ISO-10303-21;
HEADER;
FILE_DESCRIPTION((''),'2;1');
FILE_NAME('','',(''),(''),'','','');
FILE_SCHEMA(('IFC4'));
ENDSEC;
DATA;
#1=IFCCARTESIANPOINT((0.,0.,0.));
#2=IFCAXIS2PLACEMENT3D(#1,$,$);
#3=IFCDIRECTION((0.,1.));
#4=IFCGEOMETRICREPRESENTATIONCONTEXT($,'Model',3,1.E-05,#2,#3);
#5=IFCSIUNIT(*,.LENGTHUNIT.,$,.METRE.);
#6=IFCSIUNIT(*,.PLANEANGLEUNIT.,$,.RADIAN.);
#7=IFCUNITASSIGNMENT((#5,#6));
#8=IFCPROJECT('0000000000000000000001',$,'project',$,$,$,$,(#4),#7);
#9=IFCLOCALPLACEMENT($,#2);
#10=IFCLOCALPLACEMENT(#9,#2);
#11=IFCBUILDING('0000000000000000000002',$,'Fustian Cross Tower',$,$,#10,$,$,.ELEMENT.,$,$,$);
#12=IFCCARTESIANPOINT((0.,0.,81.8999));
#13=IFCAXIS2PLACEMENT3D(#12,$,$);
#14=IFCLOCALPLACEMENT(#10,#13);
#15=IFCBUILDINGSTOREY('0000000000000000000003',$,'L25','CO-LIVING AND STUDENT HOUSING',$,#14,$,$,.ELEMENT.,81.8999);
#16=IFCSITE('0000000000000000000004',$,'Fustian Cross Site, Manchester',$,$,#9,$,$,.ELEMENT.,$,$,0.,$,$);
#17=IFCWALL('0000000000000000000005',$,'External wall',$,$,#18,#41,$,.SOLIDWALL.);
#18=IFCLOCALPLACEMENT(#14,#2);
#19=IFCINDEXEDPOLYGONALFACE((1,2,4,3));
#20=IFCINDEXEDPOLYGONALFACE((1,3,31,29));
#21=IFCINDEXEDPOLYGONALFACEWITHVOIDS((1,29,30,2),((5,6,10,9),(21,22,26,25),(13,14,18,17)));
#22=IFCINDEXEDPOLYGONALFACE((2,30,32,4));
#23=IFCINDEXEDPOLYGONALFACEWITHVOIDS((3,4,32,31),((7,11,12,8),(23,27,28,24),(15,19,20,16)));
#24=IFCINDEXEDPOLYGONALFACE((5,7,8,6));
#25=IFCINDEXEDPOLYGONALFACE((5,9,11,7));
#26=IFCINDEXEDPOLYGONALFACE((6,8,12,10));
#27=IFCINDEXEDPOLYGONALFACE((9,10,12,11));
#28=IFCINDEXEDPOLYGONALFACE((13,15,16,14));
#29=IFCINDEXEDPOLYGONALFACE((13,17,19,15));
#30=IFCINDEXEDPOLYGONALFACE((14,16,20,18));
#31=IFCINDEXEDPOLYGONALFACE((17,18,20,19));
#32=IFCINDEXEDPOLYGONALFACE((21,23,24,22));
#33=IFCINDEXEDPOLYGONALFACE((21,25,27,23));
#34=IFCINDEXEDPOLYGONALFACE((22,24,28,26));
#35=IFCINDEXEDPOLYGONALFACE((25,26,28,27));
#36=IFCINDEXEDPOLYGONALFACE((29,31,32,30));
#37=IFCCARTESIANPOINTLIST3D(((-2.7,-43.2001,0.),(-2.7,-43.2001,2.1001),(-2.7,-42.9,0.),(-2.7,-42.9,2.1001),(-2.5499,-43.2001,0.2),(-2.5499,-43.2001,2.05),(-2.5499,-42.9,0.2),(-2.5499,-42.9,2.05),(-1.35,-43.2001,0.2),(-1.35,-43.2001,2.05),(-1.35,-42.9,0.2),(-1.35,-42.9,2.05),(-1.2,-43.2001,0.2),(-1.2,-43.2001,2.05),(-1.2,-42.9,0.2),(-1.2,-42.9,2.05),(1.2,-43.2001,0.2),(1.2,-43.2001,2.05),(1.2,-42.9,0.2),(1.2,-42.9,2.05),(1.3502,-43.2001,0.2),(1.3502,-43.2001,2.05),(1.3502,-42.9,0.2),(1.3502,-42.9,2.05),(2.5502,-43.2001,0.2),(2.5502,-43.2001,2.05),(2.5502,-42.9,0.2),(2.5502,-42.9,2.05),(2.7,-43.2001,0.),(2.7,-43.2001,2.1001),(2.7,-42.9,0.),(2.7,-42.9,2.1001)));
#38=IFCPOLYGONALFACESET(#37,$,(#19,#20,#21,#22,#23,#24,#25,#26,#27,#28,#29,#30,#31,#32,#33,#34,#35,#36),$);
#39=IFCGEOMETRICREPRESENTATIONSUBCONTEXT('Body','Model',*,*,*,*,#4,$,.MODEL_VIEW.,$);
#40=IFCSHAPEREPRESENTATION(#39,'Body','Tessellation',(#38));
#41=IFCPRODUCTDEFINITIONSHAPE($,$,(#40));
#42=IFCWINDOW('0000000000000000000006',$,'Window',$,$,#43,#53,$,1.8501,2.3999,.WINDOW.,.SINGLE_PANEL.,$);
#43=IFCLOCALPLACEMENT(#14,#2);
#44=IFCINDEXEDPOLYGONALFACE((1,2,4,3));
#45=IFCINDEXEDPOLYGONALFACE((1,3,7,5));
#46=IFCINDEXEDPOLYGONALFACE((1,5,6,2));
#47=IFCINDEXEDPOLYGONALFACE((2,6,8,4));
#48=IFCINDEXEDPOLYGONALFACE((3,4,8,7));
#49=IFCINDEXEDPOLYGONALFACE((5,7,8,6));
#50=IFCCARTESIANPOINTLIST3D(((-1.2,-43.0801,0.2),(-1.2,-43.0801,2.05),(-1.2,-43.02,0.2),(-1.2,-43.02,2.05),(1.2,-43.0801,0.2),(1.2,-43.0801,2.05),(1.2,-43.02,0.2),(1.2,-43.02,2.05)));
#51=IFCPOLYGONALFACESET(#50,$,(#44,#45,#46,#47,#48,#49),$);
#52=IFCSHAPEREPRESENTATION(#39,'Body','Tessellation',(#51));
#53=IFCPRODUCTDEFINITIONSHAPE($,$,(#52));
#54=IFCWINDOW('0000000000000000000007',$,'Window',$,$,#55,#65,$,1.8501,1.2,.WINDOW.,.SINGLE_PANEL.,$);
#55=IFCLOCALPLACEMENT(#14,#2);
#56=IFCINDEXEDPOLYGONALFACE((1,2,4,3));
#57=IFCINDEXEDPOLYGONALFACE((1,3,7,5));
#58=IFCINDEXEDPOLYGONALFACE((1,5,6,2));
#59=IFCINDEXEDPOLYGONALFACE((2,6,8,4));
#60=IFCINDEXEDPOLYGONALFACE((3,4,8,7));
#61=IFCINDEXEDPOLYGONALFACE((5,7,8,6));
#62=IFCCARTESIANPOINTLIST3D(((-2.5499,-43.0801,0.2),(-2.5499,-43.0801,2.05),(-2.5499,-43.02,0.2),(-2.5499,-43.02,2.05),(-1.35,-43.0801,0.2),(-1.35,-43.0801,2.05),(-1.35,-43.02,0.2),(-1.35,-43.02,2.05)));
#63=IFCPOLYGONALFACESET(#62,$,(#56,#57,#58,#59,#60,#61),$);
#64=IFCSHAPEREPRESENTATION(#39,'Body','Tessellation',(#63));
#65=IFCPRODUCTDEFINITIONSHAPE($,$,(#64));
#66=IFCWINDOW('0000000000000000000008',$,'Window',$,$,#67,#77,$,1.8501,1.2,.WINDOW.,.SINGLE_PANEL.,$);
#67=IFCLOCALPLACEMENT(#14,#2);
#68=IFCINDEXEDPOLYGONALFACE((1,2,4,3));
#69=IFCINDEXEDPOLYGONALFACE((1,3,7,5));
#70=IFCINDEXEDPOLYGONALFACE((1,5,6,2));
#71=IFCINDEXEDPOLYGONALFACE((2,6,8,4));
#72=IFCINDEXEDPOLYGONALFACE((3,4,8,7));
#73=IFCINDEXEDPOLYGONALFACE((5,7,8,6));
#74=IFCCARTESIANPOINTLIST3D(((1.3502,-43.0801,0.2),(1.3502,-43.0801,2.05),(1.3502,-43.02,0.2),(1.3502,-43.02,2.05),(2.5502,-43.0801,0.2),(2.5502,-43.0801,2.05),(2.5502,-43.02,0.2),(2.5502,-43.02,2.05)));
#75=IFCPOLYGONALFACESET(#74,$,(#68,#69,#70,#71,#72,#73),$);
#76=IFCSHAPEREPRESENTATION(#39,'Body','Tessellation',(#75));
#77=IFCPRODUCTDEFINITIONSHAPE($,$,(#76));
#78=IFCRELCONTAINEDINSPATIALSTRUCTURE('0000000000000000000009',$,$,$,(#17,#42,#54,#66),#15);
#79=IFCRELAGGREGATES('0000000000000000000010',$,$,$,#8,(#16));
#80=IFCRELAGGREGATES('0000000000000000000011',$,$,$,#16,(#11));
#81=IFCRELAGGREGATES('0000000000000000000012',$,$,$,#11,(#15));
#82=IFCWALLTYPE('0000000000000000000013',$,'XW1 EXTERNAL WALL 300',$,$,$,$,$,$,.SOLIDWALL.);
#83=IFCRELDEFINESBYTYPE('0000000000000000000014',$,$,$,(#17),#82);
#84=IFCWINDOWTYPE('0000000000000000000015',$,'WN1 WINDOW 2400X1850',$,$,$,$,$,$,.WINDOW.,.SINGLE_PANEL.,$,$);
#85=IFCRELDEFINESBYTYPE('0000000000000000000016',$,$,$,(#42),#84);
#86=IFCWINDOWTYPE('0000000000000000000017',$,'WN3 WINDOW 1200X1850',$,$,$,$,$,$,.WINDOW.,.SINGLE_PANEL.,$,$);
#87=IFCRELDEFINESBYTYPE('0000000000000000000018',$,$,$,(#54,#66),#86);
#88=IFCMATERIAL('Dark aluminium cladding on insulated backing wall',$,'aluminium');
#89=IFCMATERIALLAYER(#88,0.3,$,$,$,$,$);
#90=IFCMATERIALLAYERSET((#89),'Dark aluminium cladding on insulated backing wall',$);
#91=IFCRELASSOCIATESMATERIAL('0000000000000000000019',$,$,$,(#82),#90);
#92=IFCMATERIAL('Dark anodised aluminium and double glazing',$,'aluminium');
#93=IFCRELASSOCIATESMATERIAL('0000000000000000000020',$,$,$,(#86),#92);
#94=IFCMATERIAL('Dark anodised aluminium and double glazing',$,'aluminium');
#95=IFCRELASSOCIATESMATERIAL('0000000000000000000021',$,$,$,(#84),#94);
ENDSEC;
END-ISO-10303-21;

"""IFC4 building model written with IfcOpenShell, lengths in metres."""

from ifc_helpers import new_model, si_unit, direction, frame, frame_2d, origin, place, context, subcontext, project, spatial, rectangle, extrude, material, layer, layer_set, type_object, element, fill, save


model = new_model("IFC4")

# Units and contexts
model_context = context("Model", 3, precision=1e-05, world=origin(), true_north=direction((0.0, 1.0)))
body_context = subcontext(model_context, "Body", "Model", "MODEL_VIEW")
ifc_project = project(units=[si_unit("LENGTHUNIT", "METRE"), si_unit("PLANEANGLEUNIT", "RADIAN")], contexts=[model_context])

# Site, building, storey
site_placement = place(None, origin())
site = spatial("IfcSite", under=ifc_project, at=site_placement, Name="Fustian Cross Site, Manchester", CompositionType="ELEMENT", RefElevation=0.0)
building_placement = place(site_placement, origin())
building = spatial("IfcBuilding", under=site, at=building_placement, Name="Fustian Cross Tower", CompositionType="ELEMENT")
storey_placement = place(building_placement, frame((0.0, 0.0, 81.8999)))
storey = spatial("IfcBuildingStorey", under=building, at=storey_placement, Name="L25", Description="CO-LIVING AND STUDENT HOUSING", CompositionType="ELEMENT", Elevation=81.8999)

# Shared definitions
ifc_material_1 = material(Name="Dark aluminium cladding on insulated backing wall", Category="aluminium")
ifc_layer_1 = layer(ifc_material_1, 0.3)
ifc_layer_set_1 = layer_set([ifc_layer_1], Name="Dark aluminium cladding on insulated backing wall")
wall_type_1 = type_object("IfcWallType", Name="XW1 EXTERNAL WALL 300", PredefinedType="SOLIDWALL", material=ifc_layer_set_1)

# Shared definitions
ifc_material_2 = material(Name="Dark anodised aluminium and double glazing", Category="aluminium")
window_type_1 = type_object("IfcWindowType", Name="WN3 WINDOW 1200X1850", PartitioningType="SINGLE_PANEL", PredefinedType="WINDOW", material=ifc_material_2)

# Wall, openings, windows
wall_1_placement = place(storey_placement, frame((-2.7, -43.05, 0.0), z_axis=(0.0, 0.0, 1.0), x_axis=(1.0, 0.0, 0.0)))
wall_1 = element("IfcWall", 1, at=wall_1_placement, inside=storey, type_object=wall_type_1, Name="External wall", PredefinedType="SOLIDWALL", context=body_context, shape_type="SweptSolid", body=[
    extrude(rectangle(XDim=5.3999, YDim=0.3, at=frame_2d((2.7, 0.0))), origin(), (0.0, 0.0, 1.0), 2.1001),
])
opening_1_placement = place(wall_1_placement, frame((1.5, 0.0, 0.2)))
opening_1 = element("IfcOpeningElement", 2, at=opening_1_placement, cuts=wall_1, PredefinedType="OPENING", context=body_context, shape_type="SweptSolid", body=[
    extrude(rectangle(XDim=2.3999, YDim=1.8501, at=frame_2d((1.2, 0.925))), frame((0.0, 0.1599, 0.0), z_axis=(0.0, -1.0, 0.0), x_axis=(1.0, 0.0, 0.0)), (0.0, 0.0, 1.0), 0.3201),
])
opening_2_placement = place(wall_1_placement, frame((0.1499, 0.0, 0.2)))
opening_2 = element("IfcOpeningElement", 3, at=opening_2_placement, cuts=wall_1, PredefinedType="OPENING", context=body_context, shape_type="SweptSolid", body=[
    extrude(rectangle(XDim=1.2, YDim=1.8501, at=frame_2d((0.6001, 0.925))), frame((0.0, 0.1599, 0.0), z_axis=(0.0, -1.0, 0.0), x_axis=(1.0, 0.0, 0.0)), (0.0, 0.0, 1.0), 0.3201),
])
opening_3_placement = place(wall_1_placement, frame((4.05, 0.0, 0.2)))
opening_3 = element("IfcOpeningElement", 4, at=opening_3_placement, cuts=wall_1, PredefinedType="OPENING", context=body_context, shape_type="SweptSolid", body=[
    extrude(rectangle(XDim=1.2, YDim=1.8501, at=frame_2d((0.6001, 0.925))), frame((0.0, 0.1599, 0.0), z_axis=(0.0, -1.0, 0.0), x_axis=(1.0, 0.0, 0.0)), (0.0, 0.0, 1.0), 0.3201),
])
ifc_material_3 = material(Name="Dark anodised aluminium and double glazing", Category="aluminium")
window_type_2 = type_object("IfcWindowType", Name="WN1 WINDOW 2400X1850", PartitioningType="SINGLE_PANEL", PredefinedType="WINDOW", material=ifc_material_3)
window_1_placement = place(opening_1_placement, origin())
window_1 = element("IfcWindow", 5, at=window_1_placement, inside=storey, type_object=window_type_2, Name="Window", OverallHeight=1.8501, OverallWidth=2.3999, PartitioningType="SINGLE_PANEL", PredefinedType="WINDOW", context=body_context, shape_type="SweptSolid", body=[
    extrude(rectangle(XDim=2.3999, YDim=1.8501, at=frame_2d((1.2, 0.925))), frame((0.0, 0.03, 0.0), z_axis=(0.0, -1.0, 0.0), x_axis=(1.0, 0.0, 0.0)), (0.0, 0.0, 1.0), 0.0601),
])
fill(opening_1, window_1)
window_2_placement = place(opening_2_placement, origin())
window_2 = element("IfcWindow", 6, at=window_2_placement, inside=storey, type_object=window_type_1, Name="Window", OverallHeight=1.8501, OverallWidth=1.2, PartitioningType="SINGLE_PANEL", PredefinedType="WINDOW", context=body_context, shape_type="SweptSolid", body=[
    extrude(rectangle(XDim=1.2, YDim=1.8501, at=frame_2d((0.6001, 0.925))), frame((0.0, 0.03, 0.0), z_axis=(0.0, -1.0, 0.0), x_axis=(1.0, 0.0, 0.0)), (0.0, 0.0, 1.0), 0.0601),
])
fill(opening_2, window_2)
window_3_placement = place(opening_3_placement, origin())
window_3 = element("IfcWindow", 7, at=window_3_placement, inside=storey, type_object=window_type_1, Name="Window", OverallHeight=1.8501, OverallWidth=1.2, PartitioningType="SINGLE_PANEL", PredefinedType="WINDOW", context=body_context, shape_type="SweptSolid", body=[
    extrude(rectangle(XDim=1.2, YDim=1.8501, at=frame_2d((0.6001, 0.925))), frame((0.0, 0.03, 0.0), z_axis=(0.0, -1.0, 0.0), x_axis=(1.0, 0.0, 0.0)), (0.0, 0.0, 1.0), 0.0601),
])
fill(opening_3, window_3)

save(model, "model.ifc")
